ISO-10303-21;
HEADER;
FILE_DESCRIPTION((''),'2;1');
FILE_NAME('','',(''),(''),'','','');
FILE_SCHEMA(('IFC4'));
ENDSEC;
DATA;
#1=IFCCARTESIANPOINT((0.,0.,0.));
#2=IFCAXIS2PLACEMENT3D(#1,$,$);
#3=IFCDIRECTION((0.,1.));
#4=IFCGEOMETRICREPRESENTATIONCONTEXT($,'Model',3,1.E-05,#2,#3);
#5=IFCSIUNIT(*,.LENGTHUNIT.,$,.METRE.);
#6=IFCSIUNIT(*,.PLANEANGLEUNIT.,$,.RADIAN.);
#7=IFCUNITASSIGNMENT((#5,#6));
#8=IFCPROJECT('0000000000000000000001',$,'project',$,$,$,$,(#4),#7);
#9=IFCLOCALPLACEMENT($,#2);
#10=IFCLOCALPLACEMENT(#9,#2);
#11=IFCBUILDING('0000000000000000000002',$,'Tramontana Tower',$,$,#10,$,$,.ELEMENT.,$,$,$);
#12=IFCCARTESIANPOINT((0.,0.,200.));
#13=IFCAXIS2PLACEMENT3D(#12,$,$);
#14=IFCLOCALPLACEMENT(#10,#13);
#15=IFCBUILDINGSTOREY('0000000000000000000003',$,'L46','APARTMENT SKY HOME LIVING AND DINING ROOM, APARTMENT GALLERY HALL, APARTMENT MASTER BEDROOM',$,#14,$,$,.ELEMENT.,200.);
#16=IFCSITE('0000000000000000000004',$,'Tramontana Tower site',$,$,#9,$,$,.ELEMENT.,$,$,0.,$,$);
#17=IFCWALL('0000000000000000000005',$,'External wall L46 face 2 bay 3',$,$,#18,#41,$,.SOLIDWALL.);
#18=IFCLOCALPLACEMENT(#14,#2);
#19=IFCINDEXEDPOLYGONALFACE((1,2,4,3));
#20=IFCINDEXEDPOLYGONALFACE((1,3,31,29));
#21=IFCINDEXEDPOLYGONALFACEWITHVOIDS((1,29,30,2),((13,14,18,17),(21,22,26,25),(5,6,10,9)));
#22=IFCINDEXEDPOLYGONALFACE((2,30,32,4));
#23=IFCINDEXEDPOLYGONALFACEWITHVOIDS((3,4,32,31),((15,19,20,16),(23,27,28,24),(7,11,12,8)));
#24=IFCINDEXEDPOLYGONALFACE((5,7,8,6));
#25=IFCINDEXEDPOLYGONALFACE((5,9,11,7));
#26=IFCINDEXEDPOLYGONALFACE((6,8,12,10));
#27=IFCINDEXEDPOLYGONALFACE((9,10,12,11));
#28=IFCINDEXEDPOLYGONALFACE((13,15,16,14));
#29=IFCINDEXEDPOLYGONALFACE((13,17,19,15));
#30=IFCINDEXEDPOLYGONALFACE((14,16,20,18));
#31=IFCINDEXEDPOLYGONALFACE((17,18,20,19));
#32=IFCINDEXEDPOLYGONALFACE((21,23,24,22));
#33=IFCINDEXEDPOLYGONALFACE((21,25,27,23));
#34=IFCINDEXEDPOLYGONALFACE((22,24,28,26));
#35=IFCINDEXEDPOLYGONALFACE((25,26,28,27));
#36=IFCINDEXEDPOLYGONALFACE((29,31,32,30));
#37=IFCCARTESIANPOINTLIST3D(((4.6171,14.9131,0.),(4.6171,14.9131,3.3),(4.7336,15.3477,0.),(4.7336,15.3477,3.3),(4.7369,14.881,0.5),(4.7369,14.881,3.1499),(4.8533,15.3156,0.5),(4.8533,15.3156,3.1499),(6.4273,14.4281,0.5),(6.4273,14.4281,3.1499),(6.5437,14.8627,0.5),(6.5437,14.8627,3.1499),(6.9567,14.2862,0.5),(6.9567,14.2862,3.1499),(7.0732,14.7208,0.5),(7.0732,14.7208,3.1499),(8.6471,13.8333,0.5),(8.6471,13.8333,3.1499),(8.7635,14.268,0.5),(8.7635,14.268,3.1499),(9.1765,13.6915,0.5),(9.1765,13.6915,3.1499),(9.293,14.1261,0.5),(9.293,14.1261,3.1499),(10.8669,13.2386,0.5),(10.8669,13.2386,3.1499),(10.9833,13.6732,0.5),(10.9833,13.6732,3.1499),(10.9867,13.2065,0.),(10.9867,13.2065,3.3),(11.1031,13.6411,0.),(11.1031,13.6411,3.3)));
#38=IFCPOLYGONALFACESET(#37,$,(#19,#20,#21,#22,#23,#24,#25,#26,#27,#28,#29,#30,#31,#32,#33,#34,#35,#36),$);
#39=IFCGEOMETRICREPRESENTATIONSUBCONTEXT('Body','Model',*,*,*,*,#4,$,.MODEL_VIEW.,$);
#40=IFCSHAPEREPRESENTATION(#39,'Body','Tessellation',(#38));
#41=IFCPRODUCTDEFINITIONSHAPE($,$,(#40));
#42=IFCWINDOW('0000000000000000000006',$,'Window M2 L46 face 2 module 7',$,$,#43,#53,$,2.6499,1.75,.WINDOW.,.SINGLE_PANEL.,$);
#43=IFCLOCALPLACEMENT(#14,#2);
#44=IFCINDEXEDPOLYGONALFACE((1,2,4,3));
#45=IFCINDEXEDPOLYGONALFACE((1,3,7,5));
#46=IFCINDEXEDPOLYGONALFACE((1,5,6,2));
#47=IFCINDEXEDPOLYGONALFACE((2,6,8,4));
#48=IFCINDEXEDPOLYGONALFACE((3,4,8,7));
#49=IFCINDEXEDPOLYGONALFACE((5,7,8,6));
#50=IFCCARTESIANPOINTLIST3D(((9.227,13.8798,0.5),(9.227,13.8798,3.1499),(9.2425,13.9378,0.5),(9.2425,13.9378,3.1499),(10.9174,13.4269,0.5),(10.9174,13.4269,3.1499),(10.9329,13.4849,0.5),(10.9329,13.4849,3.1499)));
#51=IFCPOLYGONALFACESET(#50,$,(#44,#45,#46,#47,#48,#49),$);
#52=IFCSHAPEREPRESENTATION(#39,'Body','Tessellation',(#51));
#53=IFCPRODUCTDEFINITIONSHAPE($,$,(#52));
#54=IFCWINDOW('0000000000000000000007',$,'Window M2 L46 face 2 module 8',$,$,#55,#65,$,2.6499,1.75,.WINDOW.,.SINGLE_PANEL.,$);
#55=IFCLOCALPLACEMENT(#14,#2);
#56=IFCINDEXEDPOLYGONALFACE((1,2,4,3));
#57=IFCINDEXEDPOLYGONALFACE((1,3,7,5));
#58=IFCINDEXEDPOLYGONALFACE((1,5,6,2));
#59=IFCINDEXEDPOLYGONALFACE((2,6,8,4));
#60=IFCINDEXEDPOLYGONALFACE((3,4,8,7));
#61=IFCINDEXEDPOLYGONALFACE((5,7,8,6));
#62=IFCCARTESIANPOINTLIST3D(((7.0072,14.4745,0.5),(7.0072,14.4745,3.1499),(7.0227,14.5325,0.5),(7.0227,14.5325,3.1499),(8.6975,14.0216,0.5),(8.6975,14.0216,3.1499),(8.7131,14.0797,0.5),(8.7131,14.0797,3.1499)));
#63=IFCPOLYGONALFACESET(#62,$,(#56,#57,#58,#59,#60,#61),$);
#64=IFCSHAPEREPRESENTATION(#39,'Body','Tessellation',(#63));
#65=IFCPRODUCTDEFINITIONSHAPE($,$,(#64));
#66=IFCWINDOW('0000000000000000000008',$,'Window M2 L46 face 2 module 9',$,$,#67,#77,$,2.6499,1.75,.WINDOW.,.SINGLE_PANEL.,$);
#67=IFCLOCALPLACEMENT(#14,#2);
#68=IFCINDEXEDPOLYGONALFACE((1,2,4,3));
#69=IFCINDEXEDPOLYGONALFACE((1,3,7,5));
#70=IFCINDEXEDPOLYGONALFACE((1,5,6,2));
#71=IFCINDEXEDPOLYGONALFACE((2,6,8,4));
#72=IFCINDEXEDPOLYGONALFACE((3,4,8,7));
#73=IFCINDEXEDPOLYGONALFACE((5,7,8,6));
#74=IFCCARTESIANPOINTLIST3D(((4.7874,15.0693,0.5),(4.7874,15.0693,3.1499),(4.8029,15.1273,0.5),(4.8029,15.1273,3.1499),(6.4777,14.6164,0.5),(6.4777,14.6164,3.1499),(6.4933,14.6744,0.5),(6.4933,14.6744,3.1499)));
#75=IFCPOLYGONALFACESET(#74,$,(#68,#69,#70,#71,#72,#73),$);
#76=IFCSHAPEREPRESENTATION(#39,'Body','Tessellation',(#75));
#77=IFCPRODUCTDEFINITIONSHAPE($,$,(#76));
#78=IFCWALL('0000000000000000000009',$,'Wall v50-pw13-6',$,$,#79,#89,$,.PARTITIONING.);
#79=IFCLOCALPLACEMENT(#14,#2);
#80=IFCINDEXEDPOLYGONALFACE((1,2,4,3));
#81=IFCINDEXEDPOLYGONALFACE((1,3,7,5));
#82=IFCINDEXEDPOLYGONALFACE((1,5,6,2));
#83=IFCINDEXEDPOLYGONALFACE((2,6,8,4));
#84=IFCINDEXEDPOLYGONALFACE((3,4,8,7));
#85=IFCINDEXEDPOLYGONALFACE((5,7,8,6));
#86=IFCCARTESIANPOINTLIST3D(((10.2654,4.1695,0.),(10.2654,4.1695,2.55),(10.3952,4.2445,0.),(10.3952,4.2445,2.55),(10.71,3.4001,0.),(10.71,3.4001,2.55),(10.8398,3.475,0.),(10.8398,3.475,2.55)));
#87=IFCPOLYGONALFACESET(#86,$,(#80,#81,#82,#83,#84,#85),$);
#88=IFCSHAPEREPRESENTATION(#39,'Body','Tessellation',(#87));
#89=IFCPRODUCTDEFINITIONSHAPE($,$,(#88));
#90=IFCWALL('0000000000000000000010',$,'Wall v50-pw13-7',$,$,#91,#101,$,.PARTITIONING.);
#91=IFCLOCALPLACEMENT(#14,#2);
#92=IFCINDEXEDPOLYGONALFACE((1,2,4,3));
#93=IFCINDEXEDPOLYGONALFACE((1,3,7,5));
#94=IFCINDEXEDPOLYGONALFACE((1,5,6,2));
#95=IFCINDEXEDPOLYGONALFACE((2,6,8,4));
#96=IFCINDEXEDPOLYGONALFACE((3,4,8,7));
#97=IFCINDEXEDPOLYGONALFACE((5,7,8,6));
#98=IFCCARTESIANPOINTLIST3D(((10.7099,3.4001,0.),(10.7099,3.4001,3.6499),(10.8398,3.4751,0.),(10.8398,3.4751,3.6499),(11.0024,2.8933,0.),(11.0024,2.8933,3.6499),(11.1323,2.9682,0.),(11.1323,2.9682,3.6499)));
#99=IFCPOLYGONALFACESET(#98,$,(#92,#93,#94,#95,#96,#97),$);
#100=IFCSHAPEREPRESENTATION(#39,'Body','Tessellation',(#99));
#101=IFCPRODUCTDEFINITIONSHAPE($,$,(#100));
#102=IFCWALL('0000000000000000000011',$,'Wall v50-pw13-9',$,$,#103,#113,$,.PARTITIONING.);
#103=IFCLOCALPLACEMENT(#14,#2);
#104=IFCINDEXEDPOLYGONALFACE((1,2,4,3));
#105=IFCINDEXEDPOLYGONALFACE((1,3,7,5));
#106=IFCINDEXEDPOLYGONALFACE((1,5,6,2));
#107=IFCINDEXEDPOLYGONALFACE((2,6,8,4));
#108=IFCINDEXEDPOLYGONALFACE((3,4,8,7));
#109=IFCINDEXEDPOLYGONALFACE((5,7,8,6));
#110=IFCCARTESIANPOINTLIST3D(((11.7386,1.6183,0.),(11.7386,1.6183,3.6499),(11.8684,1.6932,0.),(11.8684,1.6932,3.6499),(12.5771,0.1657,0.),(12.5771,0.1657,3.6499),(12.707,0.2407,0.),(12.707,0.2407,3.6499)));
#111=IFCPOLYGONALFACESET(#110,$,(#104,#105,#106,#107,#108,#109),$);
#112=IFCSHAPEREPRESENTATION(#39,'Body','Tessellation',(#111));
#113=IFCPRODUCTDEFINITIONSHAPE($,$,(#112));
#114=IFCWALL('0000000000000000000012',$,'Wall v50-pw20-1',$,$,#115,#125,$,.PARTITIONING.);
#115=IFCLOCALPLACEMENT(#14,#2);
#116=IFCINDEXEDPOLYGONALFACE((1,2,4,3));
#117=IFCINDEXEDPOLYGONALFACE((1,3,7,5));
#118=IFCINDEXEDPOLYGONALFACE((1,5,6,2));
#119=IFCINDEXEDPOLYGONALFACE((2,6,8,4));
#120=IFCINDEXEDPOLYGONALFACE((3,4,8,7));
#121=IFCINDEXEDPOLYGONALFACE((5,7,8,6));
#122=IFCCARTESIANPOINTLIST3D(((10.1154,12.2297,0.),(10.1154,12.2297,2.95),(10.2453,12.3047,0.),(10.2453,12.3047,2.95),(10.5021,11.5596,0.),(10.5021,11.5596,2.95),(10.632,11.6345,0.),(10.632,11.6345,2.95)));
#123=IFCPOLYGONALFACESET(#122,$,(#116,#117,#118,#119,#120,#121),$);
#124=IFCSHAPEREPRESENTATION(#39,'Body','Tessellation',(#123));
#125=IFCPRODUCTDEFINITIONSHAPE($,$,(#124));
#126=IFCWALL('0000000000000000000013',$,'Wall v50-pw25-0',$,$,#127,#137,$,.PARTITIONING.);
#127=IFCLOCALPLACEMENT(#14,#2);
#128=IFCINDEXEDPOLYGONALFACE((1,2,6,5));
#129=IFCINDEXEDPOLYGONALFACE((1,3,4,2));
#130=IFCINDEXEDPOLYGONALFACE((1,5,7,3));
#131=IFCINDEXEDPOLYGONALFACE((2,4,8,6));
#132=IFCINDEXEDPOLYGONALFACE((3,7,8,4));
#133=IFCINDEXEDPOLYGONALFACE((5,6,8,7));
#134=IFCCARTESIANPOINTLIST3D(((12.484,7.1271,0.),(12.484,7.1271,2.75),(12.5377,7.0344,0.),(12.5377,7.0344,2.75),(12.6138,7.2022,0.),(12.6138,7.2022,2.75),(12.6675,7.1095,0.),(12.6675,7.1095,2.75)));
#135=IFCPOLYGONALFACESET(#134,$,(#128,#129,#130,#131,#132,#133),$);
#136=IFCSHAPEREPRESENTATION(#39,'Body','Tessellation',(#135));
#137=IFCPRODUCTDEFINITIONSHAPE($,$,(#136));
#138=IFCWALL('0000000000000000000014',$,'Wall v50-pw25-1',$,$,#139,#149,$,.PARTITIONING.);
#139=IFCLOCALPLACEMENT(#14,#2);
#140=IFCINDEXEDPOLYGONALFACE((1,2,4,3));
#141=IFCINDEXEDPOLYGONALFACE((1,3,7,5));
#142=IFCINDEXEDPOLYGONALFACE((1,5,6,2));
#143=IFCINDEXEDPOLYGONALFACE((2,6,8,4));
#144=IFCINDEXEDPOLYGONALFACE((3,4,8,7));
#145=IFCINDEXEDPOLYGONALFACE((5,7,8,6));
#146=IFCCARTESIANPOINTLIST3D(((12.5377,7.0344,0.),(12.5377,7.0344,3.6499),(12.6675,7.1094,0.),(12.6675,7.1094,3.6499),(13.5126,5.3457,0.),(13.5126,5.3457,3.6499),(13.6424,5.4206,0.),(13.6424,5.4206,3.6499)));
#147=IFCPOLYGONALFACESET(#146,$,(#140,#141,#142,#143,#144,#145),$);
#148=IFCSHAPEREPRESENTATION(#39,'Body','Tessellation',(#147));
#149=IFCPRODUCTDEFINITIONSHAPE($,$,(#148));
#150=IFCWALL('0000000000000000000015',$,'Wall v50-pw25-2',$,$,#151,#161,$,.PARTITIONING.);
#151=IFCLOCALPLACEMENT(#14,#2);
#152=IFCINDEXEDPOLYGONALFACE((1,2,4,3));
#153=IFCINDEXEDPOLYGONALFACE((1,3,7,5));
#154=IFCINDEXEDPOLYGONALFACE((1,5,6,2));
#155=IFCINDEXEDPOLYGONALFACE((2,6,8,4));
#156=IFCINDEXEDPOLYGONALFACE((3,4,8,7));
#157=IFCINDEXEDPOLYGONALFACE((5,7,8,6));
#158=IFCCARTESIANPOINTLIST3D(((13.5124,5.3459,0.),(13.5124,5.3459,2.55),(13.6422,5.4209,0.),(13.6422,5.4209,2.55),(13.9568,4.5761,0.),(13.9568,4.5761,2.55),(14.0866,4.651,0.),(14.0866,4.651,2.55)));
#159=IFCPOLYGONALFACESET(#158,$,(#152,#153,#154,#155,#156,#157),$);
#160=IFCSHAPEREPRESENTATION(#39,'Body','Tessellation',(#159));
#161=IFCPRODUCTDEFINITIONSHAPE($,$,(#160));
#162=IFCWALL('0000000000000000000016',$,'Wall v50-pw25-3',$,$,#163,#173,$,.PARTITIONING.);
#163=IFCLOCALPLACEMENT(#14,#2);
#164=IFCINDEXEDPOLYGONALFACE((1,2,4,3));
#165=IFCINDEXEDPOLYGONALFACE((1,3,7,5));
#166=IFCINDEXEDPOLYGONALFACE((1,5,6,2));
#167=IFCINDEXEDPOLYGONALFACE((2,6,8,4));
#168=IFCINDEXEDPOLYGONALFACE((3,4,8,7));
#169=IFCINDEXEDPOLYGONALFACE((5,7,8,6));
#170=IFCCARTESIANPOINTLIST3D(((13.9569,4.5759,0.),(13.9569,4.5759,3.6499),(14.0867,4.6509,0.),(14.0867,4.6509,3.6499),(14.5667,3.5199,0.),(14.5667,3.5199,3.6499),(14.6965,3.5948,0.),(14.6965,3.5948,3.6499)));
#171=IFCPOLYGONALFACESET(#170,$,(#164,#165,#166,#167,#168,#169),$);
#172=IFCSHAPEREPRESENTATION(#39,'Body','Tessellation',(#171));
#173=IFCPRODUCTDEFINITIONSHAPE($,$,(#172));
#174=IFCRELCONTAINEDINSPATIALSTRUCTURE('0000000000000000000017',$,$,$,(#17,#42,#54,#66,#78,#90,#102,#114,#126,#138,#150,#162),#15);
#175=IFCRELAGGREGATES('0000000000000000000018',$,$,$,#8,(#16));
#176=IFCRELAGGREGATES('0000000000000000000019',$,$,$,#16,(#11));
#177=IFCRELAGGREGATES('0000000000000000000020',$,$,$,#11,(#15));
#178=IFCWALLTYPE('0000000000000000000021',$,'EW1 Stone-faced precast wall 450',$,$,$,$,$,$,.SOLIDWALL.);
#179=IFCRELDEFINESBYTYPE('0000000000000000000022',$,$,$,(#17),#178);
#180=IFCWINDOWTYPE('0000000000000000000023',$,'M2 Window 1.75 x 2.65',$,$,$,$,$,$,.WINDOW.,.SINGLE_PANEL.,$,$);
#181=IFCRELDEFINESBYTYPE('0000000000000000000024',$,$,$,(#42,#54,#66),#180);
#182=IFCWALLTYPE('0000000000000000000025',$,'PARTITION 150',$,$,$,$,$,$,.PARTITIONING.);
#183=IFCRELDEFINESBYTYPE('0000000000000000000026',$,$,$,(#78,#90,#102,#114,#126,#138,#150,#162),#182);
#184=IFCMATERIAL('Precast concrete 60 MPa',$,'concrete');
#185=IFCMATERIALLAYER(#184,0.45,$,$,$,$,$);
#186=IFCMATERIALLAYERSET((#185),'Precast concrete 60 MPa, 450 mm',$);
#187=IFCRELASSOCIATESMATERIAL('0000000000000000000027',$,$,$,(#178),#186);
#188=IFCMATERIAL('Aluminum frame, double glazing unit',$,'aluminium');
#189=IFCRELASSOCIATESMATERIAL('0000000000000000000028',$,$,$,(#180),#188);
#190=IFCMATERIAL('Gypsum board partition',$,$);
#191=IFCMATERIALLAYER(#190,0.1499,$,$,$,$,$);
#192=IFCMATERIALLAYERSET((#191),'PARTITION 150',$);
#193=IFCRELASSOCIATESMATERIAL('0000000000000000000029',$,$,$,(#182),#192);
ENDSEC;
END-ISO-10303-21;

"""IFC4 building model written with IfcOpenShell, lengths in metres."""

from ifc_helpers import new_model, si_unit, direction, frame, frame_2d, origin, place, context, subcontext, project, spatial, rectangle, extrude, material, layer, layer_set, type_object, element, fill, save


model = new_model("IFC4")

# Units and contexts
model_context = context("Model", 3, precision=1e-05, world=origin(), true_north=direction((0.0, 1.0)))
body_context = subcontext(model_context, "Body", "Model", "MODEL_VIEW")
ifc_project = project(units=[si_unit("LENGTHUNIT", "METRE"), si_unit("PLANEANGLEUNIT", "RADIAN")], contexts=[model_context])

# Site, building, storey
site_placement = place(None, origin())
site = spatial("IfcSite", under=ifc_project, at=site_placement, Name="Tramontana Tower site", CompositionType="ELEMENT", RefElevation=0.0)
building_placement = place(site_placement, origin())
building = spatial("IfcBuilding", under=site, at=building_placement, Name="Tramontana Tower", CompositionType="ELEMENT")
storey_placement = place(building_placement, frame((0.0, 0.0, 200.0)))
storey = spatial("IfcBuildingStorey", under=building, at=storey_placement, Name="L46", Description="APARTMENT SKY HOME LIVING AND DINING ROOM, APARTMENT GALLERY HALL, APARTMENT MASTER BEDROOM", CompositionType="ELEMENT", Elevation=200.0)

# Shared definitions
ifc_material_1 = material(Name="Precast concrete 60 MPa", Category="concrete")
ifc_layer_1 = layer(ifc_material_1, 0.45)
ifc_layer_set_1 = layer_set([ifc_layer_1], Name="Precast concrete 60 MPa, 450 mm")
wall_type_1 = type_object("IfcWallType", Name="EW1 Stone-faced precast wall 450", PredefinedType="SOLIDWALL", material=ifc_layer_set_1)
ifc_material_2 = material(Name="Aluminum frame, double glazing unit", Category="aluminium")
window_type_1 = type_object("IfcWindowType", Name="M2 Window 1.75 x 2.65", PartitioningType="SINGLE_PANEL", PredefinedType="WINDOW", material=ifc_material_2)

# Wall, openings, windows
wall_1_placement = place(storey_placement, frame((11.0449, 13.4238, 0.0), z_axis=(0.0, 0.0, 1.0), x_axis=(-0.965933, 0.258792, 0.0)))
wall_1 = element("IfcWall", 1, at=wall_1_placement, inside=storey, type_object=wall_type_1, Name="External wall L46 face 2 bay 3", PredefinedType="SOLIDWALL", context=body_context, shape_type="SweptSolid", body=[
    extrude(rectangle(XDim=6.5942, YDim=0.45, at=frame_2d((3.2971, 0.0))), origin(), (0.0, 0.0, 1.0), 3.3),
])
opening_1_placement = place(wall_1_placement, frame((0.124, 0.0, 0.5)))
opening_1 = element("IfcOpeningElement", 2, at=opening_1_placement, cuts=wall_1, PredefinedType="OPENING", context=body_context, shape_type="SweptSolid", body=[
    extrude(rectangle(XDim=1.75, YDim=2.6499, at=frame_2d((0.875, 1.325))), frame((0.0, 0.2349, 0.0), z_axis=(0.0, -1.0, 0.0), x_axis=(1.0, 0.0, 0.0)), (0.0, 0.0, 1.0), 0.47),
])
opening_2_placement = place(wall_1_placement, frame((2.4221, 0.0, 0.5)))
opening_2 = element("IfcOpeningElement", 3, at=opening_2_placement, cuts=wall_1, PredefinedType="OPENING", context=body_context, shape_type="SweptSolid", body=[
    extrude(rectangle(XDim=1.75, YDim=2.6499, at=frame_2d((0.875, 1.325))), frame((0.0, 0.2349, 0.0), z_axis=(0.0, -1.0, 0.0), x_axis=(1.0, 0.0, 0.0)), (0.0, 0.0, 1.0), 0.47),
])
opening_3_placement = place(wall_1_placement, frame((4.7202, 0.0, 0.5)))
opening_3 = element("IfcOpeningElement", 4, at=opening_3_placement, cuts=wall_1, PredefinedType="OPENING", context=body_context, shape_type="SweptSolid", body=[
    extrude(rectangle(XDim=1.75, YDim=2.6499, at=frame_2d((0.875, 1.325))), frame((0.0, 0.2349, 0.0), z_axis=(0.0, -1.0, 0.0), x_axis=(1.0, 0.0, 0.0)), (0.0, 0.0, 1.0), 0.47),
])
window_1_placement = place(opening_1_placement, origin())
window_1 = element("IfcWindow", 5, at=window_1_placement, inside=storey, type_object=window_type_1, Name="Window M2 L46 face 2 module 7", OverallHeight=2.6499, OverallWidth=1.75, PartitioningType="SINGLE_PANEL", PredefinedType="WINDOW", context=body_context, shape_type="SweptSolid", body=[
    extrude(rectangle(XDim=1.75, YDim=2.6499, at=frame_2d((0.875, 1.325))), frame((0.0, 0.03, 0.0), z_axis=(0.0, -1.0, 0.0), x_axis=(1.0, 0.0, 0.0)), (0.0, 0.0, 1.0), 0.0601),
])
fill(opening_1, window_1)
window_2_placement = place(opening_2_placement, origin())
window_2 = element("IfcWindow", 6, at=window_2_placement, inside=storey, type_object=window_type_1, Name="Window M2 L46 face 2 module 8", OverallHeight=2.6499, OverallWidth=1.75, PartitioningType="SINGLE_PANEL", PredefinedType="WINDOW", context=body_context, shape_type="SweptSolid", body=[
    extrude(rectangle(XDim=1.75, YDim=2.6499, at=frame_2d((0.875, 1.325))), frame((0.0, 0.03, 0.0), z_axis=(0.0, -1.0, 0.0), x_axis=(1.0, 0.0, 0.0)), (0.0, 0.0, 1.0), 0.0601),
])
fill(opening_2, window_2)
window_3_placement = place(opening_3_placement, origin())
window_3 = element("IfcWindow", 7, at=window_3_placement, inside=storey, type_object=window_type_1, Name="Window M2 L46 face 2 module 9", OverallHeight=2.6499, OverallWidth=1.75, PartitioningType="SINGLE_PANEL", PredefinedType="WINDOW", context=body_context, shape_type="SweptSolid", body=[
    extrude(rectangle(XDim=1.75, YDim=2.6499, at=frame_2d((0.875, 1.325))), frame((0.0, 0.03, 0.0), z_axis=(0.0, -1.0, 0.0), x_axis=(1.0, 0.0, 0.0)), (0.0, 0.0, 1.0), 0.0601),
])
fill(opening_3, window_3)

# Walls
ifc_material_3 = material(Name="Gypsum board partition")
ifc_layer_2 = layer(ifc_material_3, 0.1499)
ifc_layer_set_2 = layer_set([ifc_layer_2], Name="PARTITION 150")
wall_type_2 = type_object("IfcWallType", Name="PARTITION 150", PredefinedType="PARTITIONING", material=ifc_layer_set_2)
wall_2_placement = place(storey_placement, frame((10.3303, 4.207, 0.0), z_axis=(0.0, 0.0, 1.0), x_axis=(0.500246, -0.865884, 0.0)))
element("IfcWall", 8, at=wall_2_placement, inside=storey, type_object=wall_type_2, Name="Wall v50-pw13-6", PredefinedType="PARTITIONING", context=body_context, shape_type="SweptSolid", body=[
    extrude(rectangle(XDim=0.8887, YDim=0.1499, at=frame_2d((0.4443, 0.0))), origin(), (0.0, 0.0, 1.0), 2.55),
])
wall_3_placement = place(storey_placement, frame((10.7749, 3.4375, 0.0), z_axis=(0.0, 0.0, 1.0), x_axis=(0.499819, -0.86613, 0.0)))
element("IfcWall", 9, at=wall_3_placement, inside=storey, type_object=wall_type_2, Name="Wall v50-pw13-7", PredefinedType="PARTITIONING", context=body_context, shape_type="SweptSolid", body=[
    extrude(rectangle(XDim=0.5852, YDim=0.1499, at=frame_2d((0.2925, 0.0))), origin(), (0.0, 0.0, 1.0), 3.6499),
])

# Walls
wall_4_placement = place(storey_placement, frame((11.8035, 1.6558, 0.0), z_axis=(0.0, 0.0, 1.0), x_axis=(0.499974, -0.86604, 0.0)))
element("IfcWall", 10, at=wall_4_placement, inside=storey, type_object=wall_type_2, Name="Wall v50-pw13-9", PredefinedType="PARTITIONING", context=body_context, shape_type="SweptSolid", body=[
    extrude(rectangle(XDim=1.6772, YDim=0.1499, at=frame_2d((0.8386, 0.0))), origin(), (0.0, 0.0, 1.0), 3.6499),
])
wall_5_placement = place(storey_placement, frame((10.1804, 12.2671, 0.0), z_axis=(0.0, 0.0, 1.0), x_axis=(0.499804, -0.866138, 0.0)))
element("IfcWall", 11, at=wall_5_placement, inside=storey, type_object=wall_type_2, Name="Wall v50-pw20-1", PredefinedType="PARTITIONING", context=body_context, shape_type="SweptSolid", body=[
    extrude(rectangle(XDim=0.7737, YDim=0.1499, at=frame_2d((0.3867, 0.0))), origin(), (0.0, 0.0, 1.0), 2.95),
])

# Walls
wall_6_placement = place(storey_placement, frame((12.5488, 7.1648, 0.0), z_axis=(0.0, 0.0, 1.0), x_axis=(0.501036, -0.865426, 0.0)))
element("IfcWall", 12, at=wall_6_placement, inside=storey, type_object=wall_type_2, Name="Wall v50-pw25-0", PredefinedType="PARTITIONING", context=body_context, shape_type="SweptSolid", body=[
    extrude(rectangle(XDim=0.1072, YDim=0.1499, at=frame_2d((0.0537, 0.0))), origin(), (0.0, 0.0, 1.0), 2.75),
])
wall_7_placement = place(storey_placement, frame((12.6025, 7.072, 0.0), z_axis=(0.0, 0.0, 1.0), x_axis=(0.49995, -0.866054, 0.0)))
element("IfcWall", 13, at=wall_7_placement, inside=storey, type_object=wall_type_2, Name="Wall v50-pw25-1", PredefinedType="PARTITIONING", context=body_context, shape_type="SweptSolid", body=[
    extrude(rectangle(XDim=1.95, YDim=0.1499, at=frame_2d((0.9751, 0.0))), origin(), (0.0, 0.0, 1.0), 3.6499),
])
wall_8_placement = place(storey_placement, frame((13.5774, 5.3833, 0.0), z_axis=(0.0, 0.0, 1.0), x_axis=(0.499921, -0.866071, 0.0)))
element("IfcWall", 14, at=wall_8_placement, inside=storey, type_object=wall_type_2, Name="Wall v50-pw25-2", PredefinedType="PARTITIONING", context=body_context, shape_type="SweptSolid", body=[
    extrude(rectangle(XDim=0.8889, YDim=0.1499, at=frame_2d((0.4443, 0.0))), origin(), (0.0, 0.0, 1.0), 2.55),
])
wall_9_placement = place(storey_placement, frame((14.0217, 4.6135, 0.0), z_axis=(0.0, 0.0, 1.0), x_axis=(0.500057, -0.865992, 0.0)))
element("IfcWall", 15, at=wall_9_placement, inside=storey, type_object=wall_type_2, Name="Wall v50-pw25-3", PredefinedType="PARTITIONING", context=body_context, shape_type="SweptSolid", body=[
    extrude(rectangle(XDim=1.2195, YDim=0.1499, at=frame_2d((0.6099, 0.0))), origin(), (0.0, 0.0, 1.0), 3.6499),
])

save(model, "model.ifc")
